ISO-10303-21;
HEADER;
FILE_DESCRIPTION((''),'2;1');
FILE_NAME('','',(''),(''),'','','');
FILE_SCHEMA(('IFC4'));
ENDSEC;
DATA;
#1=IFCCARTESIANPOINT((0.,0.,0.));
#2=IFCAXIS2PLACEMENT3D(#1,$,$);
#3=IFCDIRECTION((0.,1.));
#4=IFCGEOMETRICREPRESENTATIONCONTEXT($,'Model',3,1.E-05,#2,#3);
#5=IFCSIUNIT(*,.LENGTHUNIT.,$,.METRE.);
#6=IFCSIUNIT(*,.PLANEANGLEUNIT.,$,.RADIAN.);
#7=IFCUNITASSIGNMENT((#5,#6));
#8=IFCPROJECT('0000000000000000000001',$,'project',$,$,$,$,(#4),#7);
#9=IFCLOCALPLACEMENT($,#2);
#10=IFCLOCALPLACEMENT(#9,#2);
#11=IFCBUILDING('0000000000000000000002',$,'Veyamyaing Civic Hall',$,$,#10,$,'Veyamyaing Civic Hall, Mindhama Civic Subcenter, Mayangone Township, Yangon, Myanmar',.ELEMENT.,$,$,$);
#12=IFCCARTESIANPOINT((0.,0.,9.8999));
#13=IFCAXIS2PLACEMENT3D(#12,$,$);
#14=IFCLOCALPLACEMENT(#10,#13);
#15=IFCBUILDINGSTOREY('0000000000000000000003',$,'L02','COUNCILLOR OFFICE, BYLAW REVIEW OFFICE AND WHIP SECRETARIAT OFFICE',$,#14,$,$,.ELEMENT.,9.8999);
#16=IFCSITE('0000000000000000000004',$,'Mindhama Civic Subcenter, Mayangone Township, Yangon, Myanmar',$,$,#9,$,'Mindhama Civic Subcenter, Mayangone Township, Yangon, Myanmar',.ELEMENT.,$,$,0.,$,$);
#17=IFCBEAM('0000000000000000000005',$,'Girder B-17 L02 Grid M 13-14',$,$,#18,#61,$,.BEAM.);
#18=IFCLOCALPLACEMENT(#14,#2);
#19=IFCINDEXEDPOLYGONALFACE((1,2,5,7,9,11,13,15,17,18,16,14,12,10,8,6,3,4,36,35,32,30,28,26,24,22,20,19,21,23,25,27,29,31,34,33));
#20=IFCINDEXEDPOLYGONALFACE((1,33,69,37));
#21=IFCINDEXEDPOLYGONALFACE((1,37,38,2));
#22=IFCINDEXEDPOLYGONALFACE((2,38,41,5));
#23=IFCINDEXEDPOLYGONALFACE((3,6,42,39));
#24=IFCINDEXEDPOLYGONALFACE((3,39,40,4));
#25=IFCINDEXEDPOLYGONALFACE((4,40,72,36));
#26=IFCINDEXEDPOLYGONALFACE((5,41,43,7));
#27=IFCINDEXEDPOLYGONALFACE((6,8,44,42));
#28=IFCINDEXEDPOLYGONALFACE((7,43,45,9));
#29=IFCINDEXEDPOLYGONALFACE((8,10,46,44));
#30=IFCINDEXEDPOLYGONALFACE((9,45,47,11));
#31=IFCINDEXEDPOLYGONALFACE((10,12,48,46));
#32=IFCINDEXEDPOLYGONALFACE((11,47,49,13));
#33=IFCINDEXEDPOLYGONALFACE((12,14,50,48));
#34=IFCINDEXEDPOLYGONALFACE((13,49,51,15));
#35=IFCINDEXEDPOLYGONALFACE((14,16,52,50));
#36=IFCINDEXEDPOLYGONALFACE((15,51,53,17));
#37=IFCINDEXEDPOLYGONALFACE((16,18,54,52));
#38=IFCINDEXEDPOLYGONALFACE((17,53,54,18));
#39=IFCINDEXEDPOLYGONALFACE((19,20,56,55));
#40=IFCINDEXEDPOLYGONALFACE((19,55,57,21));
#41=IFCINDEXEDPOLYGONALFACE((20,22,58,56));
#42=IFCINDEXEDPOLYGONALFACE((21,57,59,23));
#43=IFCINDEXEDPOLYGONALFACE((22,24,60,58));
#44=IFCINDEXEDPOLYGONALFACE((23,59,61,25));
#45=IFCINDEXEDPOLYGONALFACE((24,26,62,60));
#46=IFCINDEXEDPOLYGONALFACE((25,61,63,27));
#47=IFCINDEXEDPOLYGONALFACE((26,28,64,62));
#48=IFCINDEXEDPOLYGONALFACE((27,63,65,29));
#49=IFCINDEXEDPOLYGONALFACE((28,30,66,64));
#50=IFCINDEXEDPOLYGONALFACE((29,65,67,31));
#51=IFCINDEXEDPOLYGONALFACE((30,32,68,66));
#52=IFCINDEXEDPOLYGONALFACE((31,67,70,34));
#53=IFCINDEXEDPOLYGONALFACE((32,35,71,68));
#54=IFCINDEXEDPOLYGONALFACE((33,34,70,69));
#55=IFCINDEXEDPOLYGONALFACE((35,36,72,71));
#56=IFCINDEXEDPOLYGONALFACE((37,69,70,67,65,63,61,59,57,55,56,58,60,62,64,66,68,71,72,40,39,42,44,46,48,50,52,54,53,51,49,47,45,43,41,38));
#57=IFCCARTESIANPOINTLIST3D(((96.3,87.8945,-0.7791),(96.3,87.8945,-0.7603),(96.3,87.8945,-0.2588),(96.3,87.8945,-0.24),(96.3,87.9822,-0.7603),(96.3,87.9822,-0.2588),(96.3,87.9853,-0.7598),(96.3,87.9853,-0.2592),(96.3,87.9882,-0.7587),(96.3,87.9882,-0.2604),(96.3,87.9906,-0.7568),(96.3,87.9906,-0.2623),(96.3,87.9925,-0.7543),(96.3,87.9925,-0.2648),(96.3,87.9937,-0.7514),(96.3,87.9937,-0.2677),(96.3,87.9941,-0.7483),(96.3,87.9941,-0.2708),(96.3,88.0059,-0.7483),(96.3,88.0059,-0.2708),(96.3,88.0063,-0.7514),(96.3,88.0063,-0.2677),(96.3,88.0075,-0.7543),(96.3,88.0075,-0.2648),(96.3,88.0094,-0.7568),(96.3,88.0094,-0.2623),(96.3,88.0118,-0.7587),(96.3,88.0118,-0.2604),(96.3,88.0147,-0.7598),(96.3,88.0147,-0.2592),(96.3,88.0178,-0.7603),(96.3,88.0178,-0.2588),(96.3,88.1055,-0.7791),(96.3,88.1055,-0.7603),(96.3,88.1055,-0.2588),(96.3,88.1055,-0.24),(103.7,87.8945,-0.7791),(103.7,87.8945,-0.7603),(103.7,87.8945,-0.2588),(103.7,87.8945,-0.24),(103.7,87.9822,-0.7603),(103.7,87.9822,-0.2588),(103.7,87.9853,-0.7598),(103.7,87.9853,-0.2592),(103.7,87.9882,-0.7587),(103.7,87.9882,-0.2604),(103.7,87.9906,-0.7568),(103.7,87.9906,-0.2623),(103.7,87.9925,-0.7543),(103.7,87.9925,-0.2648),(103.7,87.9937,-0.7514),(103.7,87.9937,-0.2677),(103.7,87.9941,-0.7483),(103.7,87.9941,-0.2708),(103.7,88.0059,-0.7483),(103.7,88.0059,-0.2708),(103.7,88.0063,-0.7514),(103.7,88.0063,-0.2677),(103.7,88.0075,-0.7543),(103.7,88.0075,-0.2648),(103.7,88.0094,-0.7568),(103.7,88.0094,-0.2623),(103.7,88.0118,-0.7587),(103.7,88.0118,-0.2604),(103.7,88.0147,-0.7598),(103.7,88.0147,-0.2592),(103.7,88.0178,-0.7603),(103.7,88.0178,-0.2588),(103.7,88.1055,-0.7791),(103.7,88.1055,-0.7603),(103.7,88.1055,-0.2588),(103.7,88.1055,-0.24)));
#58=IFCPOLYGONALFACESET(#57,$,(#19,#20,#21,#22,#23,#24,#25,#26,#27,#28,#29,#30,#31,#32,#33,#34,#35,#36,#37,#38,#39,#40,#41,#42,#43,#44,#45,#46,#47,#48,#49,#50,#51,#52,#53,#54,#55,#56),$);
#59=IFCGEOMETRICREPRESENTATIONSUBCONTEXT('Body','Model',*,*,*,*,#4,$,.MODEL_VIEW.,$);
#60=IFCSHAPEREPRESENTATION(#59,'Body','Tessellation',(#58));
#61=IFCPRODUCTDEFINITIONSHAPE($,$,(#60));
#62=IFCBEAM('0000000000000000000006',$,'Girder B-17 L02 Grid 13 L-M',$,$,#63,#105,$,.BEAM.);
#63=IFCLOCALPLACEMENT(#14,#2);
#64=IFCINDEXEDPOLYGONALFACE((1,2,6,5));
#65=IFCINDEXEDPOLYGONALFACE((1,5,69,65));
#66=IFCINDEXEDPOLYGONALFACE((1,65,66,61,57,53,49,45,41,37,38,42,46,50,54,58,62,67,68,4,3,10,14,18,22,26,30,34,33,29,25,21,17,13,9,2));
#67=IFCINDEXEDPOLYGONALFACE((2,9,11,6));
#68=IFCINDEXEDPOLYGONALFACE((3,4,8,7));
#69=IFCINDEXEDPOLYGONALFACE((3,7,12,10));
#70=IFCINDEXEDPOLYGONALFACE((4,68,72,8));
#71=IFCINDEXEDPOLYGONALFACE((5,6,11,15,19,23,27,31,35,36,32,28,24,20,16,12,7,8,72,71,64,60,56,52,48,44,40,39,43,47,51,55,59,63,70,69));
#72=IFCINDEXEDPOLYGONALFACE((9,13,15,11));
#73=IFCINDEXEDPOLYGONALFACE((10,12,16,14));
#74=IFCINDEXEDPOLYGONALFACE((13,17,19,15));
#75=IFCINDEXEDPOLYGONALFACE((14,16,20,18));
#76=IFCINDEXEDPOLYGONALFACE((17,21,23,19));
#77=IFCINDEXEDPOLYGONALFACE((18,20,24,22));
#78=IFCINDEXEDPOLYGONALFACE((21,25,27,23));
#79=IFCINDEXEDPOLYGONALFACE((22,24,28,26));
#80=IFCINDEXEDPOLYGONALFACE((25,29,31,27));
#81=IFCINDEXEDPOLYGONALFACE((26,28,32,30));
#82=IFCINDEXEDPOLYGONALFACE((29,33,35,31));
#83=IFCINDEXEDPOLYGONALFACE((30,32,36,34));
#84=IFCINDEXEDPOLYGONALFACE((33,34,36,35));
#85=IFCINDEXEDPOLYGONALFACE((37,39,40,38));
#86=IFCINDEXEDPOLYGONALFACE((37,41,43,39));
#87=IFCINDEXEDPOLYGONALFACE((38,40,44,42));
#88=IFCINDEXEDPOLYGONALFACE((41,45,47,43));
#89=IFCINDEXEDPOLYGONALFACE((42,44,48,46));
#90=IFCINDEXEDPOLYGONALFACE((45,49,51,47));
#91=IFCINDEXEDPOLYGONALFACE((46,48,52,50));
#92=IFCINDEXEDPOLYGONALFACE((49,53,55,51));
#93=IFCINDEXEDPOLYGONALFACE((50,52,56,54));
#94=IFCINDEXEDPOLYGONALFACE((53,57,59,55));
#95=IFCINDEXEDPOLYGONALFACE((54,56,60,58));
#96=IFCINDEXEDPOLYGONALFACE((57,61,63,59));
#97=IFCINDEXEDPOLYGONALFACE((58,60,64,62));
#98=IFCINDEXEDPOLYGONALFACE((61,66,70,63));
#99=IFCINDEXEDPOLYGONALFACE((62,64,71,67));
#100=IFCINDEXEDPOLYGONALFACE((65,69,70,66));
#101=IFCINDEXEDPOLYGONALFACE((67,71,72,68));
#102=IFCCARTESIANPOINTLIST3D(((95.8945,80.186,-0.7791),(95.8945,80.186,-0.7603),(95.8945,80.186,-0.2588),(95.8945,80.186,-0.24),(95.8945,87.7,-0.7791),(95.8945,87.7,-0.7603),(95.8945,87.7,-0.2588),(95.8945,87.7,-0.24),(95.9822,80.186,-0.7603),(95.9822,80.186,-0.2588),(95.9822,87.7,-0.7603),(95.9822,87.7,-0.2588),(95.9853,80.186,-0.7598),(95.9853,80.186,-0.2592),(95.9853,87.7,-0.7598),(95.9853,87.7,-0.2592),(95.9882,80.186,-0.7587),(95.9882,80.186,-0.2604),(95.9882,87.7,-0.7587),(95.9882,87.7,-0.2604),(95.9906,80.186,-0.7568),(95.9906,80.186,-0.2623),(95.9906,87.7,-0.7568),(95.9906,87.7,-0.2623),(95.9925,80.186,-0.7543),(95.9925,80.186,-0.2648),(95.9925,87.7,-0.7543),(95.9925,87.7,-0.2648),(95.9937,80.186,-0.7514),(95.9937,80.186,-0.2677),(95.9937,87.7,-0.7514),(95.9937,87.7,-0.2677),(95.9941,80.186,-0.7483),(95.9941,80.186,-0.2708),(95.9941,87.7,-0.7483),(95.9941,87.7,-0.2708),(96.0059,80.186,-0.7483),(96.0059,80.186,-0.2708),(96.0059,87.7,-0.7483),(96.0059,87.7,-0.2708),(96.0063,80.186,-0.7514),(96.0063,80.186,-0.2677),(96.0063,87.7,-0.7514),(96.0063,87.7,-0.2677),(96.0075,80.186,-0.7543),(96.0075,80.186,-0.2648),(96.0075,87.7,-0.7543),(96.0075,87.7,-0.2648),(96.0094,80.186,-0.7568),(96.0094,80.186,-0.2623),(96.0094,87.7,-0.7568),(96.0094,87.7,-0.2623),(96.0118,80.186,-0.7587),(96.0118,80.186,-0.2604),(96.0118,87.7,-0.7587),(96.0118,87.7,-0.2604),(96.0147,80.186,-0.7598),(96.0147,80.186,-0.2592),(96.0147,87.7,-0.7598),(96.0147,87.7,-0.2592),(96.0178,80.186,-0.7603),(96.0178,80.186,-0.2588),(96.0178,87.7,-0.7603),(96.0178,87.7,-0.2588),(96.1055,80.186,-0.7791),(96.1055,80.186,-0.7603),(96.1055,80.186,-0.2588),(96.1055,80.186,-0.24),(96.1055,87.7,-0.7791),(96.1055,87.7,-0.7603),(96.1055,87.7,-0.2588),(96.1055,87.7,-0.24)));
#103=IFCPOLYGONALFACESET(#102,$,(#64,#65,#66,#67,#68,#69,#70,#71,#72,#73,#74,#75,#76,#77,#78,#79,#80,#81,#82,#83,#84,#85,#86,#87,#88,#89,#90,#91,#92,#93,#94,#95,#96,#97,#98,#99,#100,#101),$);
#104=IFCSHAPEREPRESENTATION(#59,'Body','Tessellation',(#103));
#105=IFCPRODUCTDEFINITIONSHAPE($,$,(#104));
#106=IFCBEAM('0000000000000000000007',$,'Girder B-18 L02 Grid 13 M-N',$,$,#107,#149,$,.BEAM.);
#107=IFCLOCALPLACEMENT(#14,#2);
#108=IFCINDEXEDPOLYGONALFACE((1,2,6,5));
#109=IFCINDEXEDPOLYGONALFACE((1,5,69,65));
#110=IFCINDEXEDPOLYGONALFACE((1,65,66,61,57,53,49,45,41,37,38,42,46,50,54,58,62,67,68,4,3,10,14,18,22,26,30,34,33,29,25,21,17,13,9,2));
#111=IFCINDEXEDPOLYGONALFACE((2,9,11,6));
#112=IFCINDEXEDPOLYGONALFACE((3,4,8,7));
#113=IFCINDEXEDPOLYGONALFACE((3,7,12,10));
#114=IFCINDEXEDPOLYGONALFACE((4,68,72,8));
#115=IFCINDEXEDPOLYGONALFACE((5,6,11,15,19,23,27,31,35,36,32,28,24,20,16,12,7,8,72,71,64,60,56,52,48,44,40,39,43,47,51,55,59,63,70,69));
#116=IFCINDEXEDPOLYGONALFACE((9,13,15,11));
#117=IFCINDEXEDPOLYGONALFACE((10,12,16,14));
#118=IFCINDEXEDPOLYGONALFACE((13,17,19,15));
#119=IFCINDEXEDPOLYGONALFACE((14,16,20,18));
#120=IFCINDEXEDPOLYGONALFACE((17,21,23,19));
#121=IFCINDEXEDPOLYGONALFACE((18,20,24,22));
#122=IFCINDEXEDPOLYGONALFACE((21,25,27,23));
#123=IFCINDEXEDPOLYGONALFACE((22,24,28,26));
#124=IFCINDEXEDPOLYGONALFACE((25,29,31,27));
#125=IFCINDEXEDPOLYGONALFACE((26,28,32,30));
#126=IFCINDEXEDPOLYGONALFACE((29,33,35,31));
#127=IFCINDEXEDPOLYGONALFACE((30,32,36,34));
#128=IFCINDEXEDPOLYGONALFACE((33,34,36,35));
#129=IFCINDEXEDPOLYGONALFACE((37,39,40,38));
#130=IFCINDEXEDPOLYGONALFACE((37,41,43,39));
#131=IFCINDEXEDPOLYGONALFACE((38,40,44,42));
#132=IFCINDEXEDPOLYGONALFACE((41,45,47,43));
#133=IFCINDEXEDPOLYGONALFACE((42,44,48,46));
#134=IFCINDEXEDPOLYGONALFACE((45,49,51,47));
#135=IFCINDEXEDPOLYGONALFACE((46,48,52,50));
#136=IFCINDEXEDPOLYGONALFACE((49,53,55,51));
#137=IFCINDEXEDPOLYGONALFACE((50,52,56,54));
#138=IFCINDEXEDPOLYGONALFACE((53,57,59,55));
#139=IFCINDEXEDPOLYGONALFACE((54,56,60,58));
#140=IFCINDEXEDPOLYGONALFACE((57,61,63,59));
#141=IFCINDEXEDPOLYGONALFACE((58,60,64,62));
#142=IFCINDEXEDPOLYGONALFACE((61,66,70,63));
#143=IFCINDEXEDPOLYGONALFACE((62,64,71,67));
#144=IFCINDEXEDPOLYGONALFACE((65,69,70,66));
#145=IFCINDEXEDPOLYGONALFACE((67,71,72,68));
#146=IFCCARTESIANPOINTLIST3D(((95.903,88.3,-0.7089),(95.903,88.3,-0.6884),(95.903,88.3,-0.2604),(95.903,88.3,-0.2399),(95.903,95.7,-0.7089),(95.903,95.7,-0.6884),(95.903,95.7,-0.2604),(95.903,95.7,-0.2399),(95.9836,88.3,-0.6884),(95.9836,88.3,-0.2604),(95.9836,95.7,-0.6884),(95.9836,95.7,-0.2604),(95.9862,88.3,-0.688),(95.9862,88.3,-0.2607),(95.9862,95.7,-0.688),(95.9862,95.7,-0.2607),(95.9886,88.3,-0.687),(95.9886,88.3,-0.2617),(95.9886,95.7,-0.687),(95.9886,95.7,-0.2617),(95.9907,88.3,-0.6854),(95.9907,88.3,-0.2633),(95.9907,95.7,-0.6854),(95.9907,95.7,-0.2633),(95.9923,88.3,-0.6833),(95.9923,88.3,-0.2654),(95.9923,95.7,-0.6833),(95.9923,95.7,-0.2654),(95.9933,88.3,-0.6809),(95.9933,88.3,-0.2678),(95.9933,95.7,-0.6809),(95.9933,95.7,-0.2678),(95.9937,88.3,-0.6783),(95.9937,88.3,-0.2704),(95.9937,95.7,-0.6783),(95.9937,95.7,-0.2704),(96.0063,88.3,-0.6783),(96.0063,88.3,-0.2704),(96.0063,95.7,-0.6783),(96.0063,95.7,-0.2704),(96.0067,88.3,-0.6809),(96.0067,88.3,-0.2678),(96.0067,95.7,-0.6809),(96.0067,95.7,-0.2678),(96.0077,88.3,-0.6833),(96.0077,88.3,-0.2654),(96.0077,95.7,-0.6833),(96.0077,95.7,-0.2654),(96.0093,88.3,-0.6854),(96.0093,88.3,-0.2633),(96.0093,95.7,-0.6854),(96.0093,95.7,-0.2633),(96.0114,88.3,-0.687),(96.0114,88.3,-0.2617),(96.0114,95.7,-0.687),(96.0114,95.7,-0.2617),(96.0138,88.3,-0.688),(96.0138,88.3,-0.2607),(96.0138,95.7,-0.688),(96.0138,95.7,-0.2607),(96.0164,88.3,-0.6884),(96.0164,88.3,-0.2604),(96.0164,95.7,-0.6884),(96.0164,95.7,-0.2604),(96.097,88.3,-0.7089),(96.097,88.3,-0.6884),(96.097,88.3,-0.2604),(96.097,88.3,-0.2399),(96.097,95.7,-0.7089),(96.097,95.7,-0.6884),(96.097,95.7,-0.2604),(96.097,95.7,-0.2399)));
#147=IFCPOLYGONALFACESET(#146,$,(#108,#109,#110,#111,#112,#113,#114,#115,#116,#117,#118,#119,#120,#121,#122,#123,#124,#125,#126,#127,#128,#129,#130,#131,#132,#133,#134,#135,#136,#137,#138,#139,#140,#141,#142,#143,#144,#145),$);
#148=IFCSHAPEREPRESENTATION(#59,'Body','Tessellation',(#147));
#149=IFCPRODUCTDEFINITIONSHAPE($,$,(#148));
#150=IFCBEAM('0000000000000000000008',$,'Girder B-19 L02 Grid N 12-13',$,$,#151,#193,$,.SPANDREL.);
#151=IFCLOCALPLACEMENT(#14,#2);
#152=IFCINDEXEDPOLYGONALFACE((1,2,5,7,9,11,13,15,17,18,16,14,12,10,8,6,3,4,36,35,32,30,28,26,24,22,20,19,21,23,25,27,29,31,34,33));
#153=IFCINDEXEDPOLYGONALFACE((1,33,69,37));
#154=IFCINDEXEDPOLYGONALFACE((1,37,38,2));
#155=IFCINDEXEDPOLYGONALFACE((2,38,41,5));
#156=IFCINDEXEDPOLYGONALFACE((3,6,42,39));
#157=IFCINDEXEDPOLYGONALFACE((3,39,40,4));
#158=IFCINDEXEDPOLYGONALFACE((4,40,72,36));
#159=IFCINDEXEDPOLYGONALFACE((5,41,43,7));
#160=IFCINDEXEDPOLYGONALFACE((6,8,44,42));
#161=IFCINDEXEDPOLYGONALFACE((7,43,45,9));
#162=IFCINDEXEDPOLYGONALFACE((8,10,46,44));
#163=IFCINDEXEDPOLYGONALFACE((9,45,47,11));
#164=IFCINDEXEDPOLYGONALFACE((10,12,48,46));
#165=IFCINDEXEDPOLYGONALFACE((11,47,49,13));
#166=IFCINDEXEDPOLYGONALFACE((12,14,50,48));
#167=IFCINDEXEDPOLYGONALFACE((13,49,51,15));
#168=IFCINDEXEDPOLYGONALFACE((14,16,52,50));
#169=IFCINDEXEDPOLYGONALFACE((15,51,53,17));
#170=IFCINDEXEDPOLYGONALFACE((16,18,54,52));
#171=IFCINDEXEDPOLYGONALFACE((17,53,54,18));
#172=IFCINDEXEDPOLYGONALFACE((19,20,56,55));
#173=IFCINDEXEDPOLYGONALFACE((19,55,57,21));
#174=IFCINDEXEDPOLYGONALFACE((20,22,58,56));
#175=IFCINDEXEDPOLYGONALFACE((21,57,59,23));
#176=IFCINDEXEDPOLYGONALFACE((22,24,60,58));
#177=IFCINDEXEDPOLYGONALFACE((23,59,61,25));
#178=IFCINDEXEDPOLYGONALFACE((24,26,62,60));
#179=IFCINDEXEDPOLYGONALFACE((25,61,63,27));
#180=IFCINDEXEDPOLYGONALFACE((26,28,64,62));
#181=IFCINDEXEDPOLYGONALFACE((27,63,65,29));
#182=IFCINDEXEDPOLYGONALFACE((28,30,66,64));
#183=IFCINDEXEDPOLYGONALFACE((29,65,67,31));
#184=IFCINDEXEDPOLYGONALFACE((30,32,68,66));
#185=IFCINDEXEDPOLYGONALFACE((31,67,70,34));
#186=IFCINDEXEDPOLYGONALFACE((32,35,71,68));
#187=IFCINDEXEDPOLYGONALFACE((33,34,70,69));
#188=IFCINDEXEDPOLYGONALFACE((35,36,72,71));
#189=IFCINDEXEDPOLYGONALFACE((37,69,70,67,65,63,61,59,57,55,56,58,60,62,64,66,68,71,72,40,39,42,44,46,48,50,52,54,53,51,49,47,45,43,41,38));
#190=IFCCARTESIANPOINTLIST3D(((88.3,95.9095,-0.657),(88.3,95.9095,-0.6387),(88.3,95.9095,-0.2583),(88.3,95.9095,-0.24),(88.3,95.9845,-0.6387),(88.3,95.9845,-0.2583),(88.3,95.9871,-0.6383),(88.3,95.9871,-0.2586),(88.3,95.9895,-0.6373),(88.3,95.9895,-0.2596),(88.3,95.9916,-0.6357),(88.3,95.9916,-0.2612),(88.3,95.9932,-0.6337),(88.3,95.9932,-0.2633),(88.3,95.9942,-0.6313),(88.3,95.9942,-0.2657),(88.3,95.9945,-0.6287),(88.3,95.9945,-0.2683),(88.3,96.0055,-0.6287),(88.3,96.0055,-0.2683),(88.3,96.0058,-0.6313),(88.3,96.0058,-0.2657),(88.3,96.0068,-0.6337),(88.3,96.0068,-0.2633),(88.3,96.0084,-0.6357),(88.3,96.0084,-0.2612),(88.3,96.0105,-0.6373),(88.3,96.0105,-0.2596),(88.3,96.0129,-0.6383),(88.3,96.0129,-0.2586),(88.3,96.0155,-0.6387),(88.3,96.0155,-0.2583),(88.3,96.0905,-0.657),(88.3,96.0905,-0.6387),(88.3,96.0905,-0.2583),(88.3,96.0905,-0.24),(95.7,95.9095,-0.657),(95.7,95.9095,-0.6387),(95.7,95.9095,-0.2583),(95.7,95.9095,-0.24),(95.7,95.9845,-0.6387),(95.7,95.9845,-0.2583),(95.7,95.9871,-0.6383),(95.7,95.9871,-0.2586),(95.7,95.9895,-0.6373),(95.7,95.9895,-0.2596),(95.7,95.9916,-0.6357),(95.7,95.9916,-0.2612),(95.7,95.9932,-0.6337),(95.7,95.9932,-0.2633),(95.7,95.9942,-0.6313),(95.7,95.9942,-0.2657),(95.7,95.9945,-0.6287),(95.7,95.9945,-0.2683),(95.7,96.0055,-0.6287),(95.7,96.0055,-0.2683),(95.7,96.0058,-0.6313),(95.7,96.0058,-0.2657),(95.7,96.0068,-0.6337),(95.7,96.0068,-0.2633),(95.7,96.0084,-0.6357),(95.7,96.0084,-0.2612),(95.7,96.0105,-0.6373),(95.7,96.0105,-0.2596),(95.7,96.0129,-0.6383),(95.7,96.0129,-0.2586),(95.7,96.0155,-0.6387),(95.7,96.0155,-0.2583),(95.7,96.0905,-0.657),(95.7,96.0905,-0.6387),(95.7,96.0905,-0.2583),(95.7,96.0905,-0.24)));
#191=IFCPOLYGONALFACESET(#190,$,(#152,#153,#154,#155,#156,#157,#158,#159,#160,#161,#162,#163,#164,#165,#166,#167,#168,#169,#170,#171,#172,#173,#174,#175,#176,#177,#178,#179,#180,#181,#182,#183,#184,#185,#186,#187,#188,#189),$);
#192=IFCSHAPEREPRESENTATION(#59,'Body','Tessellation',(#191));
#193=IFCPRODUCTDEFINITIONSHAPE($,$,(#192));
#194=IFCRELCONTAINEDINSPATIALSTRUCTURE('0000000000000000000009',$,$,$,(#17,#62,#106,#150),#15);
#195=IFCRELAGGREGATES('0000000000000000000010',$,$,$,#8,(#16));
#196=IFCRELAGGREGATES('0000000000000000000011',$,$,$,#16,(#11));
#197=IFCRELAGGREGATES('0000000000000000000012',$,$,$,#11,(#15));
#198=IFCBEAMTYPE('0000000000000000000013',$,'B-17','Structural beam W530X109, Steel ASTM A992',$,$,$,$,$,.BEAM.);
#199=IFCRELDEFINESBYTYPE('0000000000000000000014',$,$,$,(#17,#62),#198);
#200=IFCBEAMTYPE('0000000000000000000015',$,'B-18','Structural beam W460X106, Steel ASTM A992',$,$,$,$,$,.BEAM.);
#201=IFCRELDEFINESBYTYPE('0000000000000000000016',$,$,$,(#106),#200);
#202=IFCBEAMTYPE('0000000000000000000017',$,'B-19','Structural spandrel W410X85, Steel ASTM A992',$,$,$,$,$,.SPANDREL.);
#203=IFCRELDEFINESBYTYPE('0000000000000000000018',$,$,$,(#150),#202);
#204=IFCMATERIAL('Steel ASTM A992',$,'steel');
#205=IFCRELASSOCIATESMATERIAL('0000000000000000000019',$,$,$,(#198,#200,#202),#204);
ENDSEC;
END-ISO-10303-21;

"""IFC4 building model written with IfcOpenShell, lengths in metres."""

from ifc_helpers import new_model, si_unit, direction, frame, origin, origin_2d, place, context, subcontext, project, spatial, i_section, extrude, material, material_profile, profile_set, type_object, element, save


model = new_model("IFC4")

# Units and contexts
model_context = context("Model", 3, precision=1e-05, world=origin(), true_north=direction((0.0, 1.0)))
body_context = subcontext(model_context, "Body", "Model", "MODEL_VIEW")
ifc_project = project(units=[si_unit("LENGTHUNIT", "METRE"), si_unit("PLANEANGLEUNIT", "RADIAN")], contexts=[model_context])

# Site, building, storey
site_placement = place(None, origin())
site = spatial("IfcSite", under=ifc_project, at=site_placement, Name="Mindhama Civic Subcenter, Mayangone Township, Yangon, Myanmar", LongName="Mindhama Civic Subcenter, Mayangone Township, Yangon, Myanmar", CompositionType="ELEMENT", RefElevation=0.0)
building_placement = place(site_placement, origin())
building = spatial("IfcBuilding", under=site, at=building_placement, Name="Veyamyaing Civic Hall", LongName="Veyamyaing Civic Hall, Mindhama Civic Subcenter, Mayangone Township, Yangon, Myanmar", CompositionType="ELEMENT")
storey_placement = place(building_placement, frame((0.0, 0.0, 9.8999)))
storey = spatial("IfcBuildingStorey", under=building, at=storey_placement, Name="L02", Description="COUNCILLOR OFFICE, BYLAW REVIEW OFFICE AND WHIP SECRETARIAT OFFICE", CompositionType="ELEMENT", Elevation=9.8999)

# Beams
ifc_material_1 = material(Name="Steel ASTM A992", Category="steel")
ifc_material_profile_1 = material_profile(ifc_material_1, i_section(OverallWidth=0.2109, OverallDepth=0.5391, WebThickness=0.0117, FlangeThickness=0.0188, FilletRadius=0.012, at=origin_2d()), Name="W530X109")
ifc_profile_set_1 = profile_set([ifc_material_profile_1], Name="Steel ASTM A992")
beam_type_1 = type_object("IfcBeamType", Name="B-17", Description="Structural beam W530X109, Steel ASTM A992", PredefinedType="BEAM", material=ifc_profile_set_1)
beam_1_placement = place(storey_placement, frame((96.3, 88.0, -0.5095), z_axis=(1.0, 0.0, 0.0), x_axis=(0.0, 1.0, 0.0)))
element("IfcBeam", 1, at=beam_1_placement, inside=storey, type_object=beam_type_1, Name="Girder B-17 L02 Grid M 13-14", PredefinedType="BEAM", context=body_context, shape_type="SweptSolid", body=[
    extrude(i_section(OverallWidth=0.2109, OverallDepth=0.5391, WebThickness=0.0117, FlangeThickness=0.0188, FilletRadius=0.012, at=origin_2d()), origin(), (0.0, 0.0, 1.0), 7.3999),
])
beam_2_placement = place(storey_placement, frame((96.0, 80.186, -0.5095), z_axis=(0.0, 1.0, 0.0), x_axis=(-1.0, 0.0, 0.0)))
element("IfcBeam", 2, at=beam_2_placement, inside=storey, type_object=beam_type_1, Name="Girder B-17 L02 Grid 13 L-M", PredefinedType="BEAM", context=body_context, shape_type="SweptSolid", body=[
    extrude(i_section(OverallWidth=0.2109, OverallDepth=0.5391, WebThickness=0.0117, FlangeThickness=0.0188, FilletRadius=0.012, at=origin_2d()), origin(), (0.0, 0.0, 1.0), 7.5139),
])
ifc_material_profile_2 = material_profile(ifc_material_1, i_section(OverallWidth=0.1941, OverallDepth=0.469, WebThickness=0.0127, FlangeThickness=0.0205, FilletRadius=0.01, at=origin_2d()), Name="W460X106")
ifc_profile_set_2 = profile_set([ifc_material_profile_2], Name="Steel ASTM A992")
beam_type_2 = type_object("IfcBeamType", Name="B-18", Description="Structural beam W460X106, Steel ASTM A992", PredefinedType="BEAM", material=ifc_profile_set_2)
beam_3_placement = place(storey_placement, frame((96.0, 88.3, -0.4744), z_axis=(0.0, 1.0, 0.0), x_axis=(-1.0, 0.0, 0.0)))
element("IfcBeam", 3, at=beam_3_placement, inside=storey, type_object=beam_type_2, Name="Girder B-18 L02 Grid 13 M-N", PredefinedType="BEAM", context=body_context, shape_type="SweptSolid", body=[
    extrude(i_section(OverallWidth=0.1941, OverallDepth=0.469, WebThickness=0.0127, FlangeThickness=0.0205, FilletRadius=0.01, at=origin_2d()), origin(), (0.0, 0.0, 1.0), 7.3999),
])
ifc_material_profile_3 = material_profile(ifc_material_1, i_section(OverallWidth=0.1809, OverallDepth=0.417, WebThickness=0.011, FlangeThickness=0.0183, FilletRadius=0.01, at=origin_2d()), Name="W410X85")
ifc_profile_set_3 = profile_set([ifc_material_profile_3], Name="Steel ASTM A992")
beam_type_3 = type_object("IfcBeamType", Name="B-19", Description="Structural spandrel W410X85, Steel ASTM A992", PredefinedType="SPANDREL", material=ifc_profile_set_3)
beam_4_placement = place(storey_placement, frame((88.3, 96.0, -0.4485), z_axis=(1.0, 0.0, 0.0), x_axis=(0.0, 1.0, 0.0)))
element("IfcBeam", 4, at=beam_4_placement, inside=storey, type_object=beam_type_3, Name="Girder B-19 L02 Grid N 12-13", PredefinedType="SPANDREL", context=body_context, shape_type="SweptSolid", body=[
    extrude(i_section(OverallWidth=0.1809, OverallDepth=0.417, WebThickness=0.011, FlangeThickness=0.0183, FilletRadius=0.01, at=origin_2d()), origin(), (0.0, 0.0, 1.0), 7.3999),
])

save(model, "model.ifc")
